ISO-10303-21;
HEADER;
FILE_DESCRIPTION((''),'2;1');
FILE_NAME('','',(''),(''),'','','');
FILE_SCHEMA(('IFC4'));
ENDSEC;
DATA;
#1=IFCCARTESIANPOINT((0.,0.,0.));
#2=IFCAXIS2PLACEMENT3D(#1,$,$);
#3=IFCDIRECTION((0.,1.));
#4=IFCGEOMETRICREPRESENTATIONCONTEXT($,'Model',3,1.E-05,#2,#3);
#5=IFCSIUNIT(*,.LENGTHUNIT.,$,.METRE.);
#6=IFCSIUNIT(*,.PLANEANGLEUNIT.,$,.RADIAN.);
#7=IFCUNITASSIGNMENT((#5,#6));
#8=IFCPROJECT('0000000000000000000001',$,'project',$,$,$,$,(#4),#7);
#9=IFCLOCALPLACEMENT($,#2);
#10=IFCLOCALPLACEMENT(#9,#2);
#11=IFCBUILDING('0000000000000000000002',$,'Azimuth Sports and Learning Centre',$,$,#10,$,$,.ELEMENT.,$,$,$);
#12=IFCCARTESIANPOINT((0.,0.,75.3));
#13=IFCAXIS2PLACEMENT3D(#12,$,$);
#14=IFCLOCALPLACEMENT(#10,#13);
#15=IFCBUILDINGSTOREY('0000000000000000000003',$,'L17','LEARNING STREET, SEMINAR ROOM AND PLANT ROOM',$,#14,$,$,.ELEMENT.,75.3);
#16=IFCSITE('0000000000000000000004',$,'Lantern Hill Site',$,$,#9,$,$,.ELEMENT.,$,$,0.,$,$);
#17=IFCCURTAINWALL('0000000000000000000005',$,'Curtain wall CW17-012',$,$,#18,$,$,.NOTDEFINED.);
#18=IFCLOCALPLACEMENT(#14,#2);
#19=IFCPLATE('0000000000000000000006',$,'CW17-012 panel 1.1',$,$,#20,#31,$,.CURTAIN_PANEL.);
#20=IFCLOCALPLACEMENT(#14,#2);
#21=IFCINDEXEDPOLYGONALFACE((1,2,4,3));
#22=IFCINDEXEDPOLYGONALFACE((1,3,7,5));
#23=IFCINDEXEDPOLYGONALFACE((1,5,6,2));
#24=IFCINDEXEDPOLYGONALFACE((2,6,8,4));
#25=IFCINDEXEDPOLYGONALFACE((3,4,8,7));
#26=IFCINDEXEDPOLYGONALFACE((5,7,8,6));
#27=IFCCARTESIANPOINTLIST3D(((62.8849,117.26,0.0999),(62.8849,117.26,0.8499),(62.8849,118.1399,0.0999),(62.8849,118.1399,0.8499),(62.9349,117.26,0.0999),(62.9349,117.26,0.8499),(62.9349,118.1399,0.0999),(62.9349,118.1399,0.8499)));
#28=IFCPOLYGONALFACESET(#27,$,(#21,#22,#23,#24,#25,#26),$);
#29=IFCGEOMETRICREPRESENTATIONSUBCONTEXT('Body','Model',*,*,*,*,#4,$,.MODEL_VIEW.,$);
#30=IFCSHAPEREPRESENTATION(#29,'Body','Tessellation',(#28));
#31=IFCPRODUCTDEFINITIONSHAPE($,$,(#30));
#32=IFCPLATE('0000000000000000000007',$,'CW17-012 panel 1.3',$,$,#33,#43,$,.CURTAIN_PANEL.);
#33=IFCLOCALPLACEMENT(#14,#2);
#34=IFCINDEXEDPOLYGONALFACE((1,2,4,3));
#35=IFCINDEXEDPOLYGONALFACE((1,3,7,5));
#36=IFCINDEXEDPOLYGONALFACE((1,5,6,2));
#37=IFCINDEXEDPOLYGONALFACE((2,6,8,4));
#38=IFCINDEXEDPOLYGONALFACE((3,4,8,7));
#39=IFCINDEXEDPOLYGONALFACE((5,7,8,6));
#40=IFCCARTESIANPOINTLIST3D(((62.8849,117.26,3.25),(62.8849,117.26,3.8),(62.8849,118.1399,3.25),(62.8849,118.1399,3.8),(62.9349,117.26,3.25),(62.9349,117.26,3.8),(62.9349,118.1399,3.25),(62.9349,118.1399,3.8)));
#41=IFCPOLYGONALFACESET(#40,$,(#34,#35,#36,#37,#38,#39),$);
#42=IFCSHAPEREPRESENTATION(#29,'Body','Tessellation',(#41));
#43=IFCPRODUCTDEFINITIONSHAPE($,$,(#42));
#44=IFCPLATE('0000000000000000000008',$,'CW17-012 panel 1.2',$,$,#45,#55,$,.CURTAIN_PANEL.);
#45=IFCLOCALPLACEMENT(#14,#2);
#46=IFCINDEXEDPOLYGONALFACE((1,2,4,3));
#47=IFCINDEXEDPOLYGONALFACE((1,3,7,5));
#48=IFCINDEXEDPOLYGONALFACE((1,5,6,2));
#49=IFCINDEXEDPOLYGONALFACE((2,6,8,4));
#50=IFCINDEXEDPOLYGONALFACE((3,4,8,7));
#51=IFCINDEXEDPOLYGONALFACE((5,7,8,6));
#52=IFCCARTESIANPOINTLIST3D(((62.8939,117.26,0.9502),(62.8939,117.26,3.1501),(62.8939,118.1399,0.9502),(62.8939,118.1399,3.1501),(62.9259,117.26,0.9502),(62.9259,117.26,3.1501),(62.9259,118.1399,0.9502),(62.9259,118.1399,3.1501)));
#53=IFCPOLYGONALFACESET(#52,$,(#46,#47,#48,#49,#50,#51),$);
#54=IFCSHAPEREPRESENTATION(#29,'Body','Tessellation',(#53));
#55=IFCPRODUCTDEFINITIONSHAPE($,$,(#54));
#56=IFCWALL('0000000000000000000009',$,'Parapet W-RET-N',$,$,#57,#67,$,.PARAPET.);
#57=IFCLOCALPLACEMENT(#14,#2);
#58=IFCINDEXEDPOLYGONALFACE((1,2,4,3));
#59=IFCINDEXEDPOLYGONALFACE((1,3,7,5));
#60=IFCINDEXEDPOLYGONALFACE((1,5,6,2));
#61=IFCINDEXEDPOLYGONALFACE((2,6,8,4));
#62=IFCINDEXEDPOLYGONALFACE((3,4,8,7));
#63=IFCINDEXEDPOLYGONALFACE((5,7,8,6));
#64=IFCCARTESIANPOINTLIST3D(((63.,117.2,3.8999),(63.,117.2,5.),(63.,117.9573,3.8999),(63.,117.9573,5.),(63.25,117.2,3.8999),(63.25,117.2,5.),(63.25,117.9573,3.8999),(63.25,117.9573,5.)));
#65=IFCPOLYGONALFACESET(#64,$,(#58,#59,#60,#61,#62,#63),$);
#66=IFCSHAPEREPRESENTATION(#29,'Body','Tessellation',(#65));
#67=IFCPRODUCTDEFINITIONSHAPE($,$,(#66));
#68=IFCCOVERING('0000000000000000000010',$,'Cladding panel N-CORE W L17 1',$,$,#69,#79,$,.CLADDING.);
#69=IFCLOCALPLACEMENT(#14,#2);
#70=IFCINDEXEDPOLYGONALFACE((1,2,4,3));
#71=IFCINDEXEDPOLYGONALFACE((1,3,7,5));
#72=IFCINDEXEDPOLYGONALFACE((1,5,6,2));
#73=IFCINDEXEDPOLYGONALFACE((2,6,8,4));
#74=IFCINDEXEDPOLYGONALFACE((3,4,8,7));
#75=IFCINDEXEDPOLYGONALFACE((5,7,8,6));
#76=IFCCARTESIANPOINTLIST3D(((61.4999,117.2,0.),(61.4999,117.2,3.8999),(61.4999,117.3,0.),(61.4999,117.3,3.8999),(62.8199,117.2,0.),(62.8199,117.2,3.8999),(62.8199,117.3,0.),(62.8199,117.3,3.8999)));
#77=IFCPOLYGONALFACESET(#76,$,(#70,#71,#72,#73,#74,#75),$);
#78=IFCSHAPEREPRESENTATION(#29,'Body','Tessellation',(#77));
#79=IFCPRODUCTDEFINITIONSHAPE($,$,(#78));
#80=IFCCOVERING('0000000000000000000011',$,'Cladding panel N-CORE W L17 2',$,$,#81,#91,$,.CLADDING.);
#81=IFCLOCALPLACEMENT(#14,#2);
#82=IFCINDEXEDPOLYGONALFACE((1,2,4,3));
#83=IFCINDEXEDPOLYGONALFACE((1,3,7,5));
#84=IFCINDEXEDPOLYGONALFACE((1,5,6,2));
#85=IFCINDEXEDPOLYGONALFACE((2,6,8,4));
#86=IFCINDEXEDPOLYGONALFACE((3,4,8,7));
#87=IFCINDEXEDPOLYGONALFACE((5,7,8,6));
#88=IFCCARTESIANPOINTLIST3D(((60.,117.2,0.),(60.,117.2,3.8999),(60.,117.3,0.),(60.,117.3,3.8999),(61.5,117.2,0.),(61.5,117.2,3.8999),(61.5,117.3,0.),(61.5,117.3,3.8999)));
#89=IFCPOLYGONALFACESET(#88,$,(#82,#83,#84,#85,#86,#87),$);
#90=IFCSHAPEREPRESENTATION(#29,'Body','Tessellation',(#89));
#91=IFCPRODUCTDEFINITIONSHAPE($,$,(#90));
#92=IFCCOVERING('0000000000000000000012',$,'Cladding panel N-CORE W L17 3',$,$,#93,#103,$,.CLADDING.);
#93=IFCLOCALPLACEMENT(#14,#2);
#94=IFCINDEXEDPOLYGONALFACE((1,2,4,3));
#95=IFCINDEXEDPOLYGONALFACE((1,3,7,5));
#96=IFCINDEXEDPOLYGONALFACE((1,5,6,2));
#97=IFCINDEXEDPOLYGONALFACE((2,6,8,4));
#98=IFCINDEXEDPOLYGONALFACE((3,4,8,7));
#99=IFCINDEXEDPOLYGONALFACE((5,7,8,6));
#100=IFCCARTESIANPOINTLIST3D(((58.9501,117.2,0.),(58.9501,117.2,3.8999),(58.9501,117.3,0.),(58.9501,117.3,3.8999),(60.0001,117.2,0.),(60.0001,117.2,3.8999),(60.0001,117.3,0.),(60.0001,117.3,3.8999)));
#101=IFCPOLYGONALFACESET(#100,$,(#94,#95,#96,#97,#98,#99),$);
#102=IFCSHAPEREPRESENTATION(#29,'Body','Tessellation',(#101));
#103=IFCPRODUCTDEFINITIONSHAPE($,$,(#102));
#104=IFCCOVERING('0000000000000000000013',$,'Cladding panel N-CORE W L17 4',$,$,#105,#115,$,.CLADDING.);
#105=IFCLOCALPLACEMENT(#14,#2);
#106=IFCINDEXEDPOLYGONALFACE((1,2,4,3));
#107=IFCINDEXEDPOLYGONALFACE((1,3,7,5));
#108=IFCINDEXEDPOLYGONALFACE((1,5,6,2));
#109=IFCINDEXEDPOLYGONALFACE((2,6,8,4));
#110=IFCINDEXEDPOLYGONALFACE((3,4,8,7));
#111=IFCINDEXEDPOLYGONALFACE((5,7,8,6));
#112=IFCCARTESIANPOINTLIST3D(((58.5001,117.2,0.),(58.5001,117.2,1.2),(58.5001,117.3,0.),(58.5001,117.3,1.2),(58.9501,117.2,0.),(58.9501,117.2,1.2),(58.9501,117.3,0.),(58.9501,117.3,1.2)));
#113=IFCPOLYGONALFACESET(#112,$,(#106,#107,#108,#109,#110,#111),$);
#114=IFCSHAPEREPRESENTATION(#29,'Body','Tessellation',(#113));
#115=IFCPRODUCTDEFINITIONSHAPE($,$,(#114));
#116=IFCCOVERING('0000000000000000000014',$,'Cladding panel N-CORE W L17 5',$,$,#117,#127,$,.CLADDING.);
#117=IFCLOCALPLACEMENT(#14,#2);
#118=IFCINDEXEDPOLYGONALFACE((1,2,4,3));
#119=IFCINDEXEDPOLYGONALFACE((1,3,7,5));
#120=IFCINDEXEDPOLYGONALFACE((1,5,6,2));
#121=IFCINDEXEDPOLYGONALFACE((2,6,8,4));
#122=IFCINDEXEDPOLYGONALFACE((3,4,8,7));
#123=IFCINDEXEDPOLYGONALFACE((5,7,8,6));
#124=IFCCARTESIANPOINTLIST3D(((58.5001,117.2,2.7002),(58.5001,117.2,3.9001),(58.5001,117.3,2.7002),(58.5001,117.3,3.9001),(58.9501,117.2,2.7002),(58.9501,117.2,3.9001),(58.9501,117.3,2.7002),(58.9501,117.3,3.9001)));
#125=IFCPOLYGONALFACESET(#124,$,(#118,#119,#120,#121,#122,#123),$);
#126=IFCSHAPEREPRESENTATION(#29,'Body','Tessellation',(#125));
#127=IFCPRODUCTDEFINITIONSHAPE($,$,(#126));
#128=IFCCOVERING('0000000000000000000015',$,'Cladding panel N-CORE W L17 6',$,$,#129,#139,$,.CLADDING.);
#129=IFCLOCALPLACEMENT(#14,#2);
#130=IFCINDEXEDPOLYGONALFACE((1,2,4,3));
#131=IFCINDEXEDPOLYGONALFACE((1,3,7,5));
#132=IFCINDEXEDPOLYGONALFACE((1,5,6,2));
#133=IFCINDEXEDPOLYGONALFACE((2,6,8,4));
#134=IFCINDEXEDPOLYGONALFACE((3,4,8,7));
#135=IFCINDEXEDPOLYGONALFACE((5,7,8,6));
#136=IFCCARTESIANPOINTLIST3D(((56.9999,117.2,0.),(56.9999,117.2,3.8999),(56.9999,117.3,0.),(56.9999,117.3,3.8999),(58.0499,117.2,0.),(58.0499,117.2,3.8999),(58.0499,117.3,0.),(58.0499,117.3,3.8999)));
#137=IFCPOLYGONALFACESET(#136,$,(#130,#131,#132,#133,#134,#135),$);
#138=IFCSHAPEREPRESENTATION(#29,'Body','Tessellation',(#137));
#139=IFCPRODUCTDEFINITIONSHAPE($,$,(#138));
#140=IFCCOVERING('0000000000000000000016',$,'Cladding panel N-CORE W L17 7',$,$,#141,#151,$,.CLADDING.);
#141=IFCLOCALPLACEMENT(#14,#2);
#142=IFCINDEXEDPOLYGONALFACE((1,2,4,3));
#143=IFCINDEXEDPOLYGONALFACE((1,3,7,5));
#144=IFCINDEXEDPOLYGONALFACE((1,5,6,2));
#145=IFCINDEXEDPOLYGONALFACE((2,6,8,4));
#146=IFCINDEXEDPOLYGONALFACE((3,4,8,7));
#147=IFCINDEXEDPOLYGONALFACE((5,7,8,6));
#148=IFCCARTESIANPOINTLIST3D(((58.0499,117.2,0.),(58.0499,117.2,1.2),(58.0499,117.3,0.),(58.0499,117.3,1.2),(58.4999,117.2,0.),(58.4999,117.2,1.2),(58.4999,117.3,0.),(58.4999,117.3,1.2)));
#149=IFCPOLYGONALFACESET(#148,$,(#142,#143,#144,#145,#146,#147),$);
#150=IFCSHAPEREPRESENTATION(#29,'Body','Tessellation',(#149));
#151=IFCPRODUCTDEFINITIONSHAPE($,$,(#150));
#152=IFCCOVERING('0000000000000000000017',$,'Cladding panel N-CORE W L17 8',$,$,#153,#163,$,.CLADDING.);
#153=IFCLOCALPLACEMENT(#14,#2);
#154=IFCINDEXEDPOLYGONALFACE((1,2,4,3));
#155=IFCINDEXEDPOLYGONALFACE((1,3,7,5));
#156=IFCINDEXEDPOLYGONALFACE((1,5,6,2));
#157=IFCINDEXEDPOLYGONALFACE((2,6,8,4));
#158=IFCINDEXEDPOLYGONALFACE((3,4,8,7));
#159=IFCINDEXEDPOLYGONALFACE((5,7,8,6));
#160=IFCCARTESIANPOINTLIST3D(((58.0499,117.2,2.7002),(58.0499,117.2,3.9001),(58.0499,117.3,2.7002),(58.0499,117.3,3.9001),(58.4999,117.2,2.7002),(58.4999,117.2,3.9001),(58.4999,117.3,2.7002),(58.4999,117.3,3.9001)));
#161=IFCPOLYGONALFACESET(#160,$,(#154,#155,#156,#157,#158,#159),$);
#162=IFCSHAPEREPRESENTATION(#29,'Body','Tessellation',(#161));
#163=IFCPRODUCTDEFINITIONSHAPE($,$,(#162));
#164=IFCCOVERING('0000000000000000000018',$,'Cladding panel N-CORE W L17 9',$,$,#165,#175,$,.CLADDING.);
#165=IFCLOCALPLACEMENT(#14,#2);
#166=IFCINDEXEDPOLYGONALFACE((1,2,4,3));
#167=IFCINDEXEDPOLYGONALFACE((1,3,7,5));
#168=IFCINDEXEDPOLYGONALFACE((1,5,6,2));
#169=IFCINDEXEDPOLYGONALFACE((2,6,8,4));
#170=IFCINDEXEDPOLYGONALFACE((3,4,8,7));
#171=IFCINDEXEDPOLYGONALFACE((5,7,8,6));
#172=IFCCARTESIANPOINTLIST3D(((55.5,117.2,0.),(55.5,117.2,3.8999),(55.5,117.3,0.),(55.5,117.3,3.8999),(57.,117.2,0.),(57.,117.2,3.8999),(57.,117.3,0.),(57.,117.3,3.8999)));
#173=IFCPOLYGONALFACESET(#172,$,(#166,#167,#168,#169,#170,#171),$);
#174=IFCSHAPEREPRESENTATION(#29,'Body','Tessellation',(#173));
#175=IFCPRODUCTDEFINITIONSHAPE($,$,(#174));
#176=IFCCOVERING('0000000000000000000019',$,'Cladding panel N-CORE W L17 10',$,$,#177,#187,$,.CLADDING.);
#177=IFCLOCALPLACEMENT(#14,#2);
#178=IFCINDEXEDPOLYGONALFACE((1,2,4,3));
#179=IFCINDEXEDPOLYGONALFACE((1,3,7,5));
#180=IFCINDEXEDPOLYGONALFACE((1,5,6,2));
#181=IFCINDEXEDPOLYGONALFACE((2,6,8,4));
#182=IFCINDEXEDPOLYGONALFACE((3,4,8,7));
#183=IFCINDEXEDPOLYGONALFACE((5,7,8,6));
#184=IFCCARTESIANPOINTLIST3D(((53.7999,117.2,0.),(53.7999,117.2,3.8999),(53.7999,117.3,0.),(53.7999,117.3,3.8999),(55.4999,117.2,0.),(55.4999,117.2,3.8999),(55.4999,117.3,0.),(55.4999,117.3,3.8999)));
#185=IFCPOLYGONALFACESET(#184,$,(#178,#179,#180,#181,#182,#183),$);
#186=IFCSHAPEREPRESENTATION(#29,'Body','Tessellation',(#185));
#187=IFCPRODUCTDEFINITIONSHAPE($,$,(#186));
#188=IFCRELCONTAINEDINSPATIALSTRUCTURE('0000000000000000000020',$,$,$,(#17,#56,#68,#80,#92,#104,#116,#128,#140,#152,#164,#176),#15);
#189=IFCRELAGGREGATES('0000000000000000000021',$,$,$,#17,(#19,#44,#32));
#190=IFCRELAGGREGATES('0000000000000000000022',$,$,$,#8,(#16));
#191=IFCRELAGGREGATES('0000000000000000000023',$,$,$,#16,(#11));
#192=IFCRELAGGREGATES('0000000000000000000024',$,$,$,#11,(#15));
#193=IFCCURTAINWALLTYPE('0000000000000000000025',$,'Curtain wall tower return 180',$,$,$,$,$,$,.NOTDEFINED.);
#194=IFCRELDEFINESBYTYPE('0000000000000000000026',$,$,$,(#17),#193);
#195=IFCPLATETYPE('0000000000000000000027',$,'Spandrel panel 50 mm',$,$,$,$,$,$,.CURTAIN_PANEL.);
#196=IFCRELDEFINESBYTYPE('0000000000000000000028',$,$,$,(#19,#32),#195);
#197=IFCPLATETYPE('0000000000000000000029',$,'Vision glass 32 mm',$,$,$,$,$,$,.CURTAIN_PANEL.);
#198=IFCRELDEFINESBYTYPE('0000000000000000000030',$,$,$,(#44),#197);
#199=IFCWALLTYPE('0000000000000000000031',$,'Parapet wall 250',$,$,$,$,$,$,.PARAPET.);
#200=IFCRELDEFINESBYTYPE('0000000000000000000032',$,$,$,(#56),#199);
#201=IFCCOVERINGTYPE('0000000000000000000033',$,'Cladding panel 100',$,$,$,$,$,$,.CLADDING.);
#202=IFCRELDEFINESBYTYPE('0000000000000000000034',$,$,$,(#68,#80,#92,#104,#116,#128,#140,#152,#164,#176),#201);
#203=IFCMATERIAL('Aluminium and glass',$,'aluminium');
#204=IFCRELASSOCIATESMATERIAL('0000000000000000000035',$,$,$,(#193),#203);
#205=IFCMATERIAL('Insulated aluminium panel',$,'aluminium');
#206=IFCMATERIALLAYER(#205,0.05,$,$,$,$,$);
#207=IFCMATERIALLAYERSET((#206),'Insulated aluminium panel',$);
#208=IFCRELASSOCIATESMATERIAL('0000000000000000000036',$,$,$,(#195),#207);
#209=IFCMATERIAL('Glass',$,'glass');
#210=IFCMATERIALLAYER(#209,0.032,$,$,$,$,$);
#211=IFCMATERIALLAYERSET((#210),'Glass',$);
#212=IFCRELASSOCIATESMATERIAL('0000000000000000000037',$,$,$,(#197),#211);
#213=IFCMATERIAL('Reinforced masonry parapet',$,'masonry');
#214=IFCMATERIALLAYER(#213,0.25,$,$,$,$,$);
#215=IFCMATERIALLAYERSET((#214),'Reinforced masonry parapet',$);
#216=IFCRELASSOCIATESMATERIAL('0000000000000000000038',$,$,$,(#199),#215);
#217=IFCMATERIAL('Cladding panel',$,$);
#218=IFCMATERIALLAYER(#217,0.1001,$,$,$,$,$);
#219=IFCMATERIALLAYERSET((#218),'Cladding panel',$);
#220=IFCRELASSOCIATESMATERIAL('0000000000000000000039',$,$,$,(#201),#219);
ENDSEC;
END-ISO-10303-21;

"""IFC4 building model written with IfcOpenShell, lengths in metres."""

from ifc_helpers import new_model, si_unit, direction, frame, frame_2d, origin, origin_2d, place, context, subcontext, project, spatial, rectangle, extrude, material, layer, layer_set, type_object, element, aggregate, save


model = new_model("IFC4")

# Units and contexts
model_context = context("Model", 3, precision=1e-05, world=origin(), true_north=direction((0.0, 1.0)))
body_context = subcontext(model_context, "Body", "Model", "MODEL_VIEW")
ifc_project = project(units=[si_unit("LENGTHUNIT", "METRE"), si_unit("PLANEANGLEUNIT", "RADIAN")], contexts=[model_context])

# Site, building, storey
site_placement = place(None, origin())
site = spatial("IfcSite", under=ifc_project, at=site_placement, Name="Lantern Hill Site", CompositionType="ELEMENT", RefElevation=0.0)
building_placement = place(site_placement, origin())
building = spatial("IfcBuilding", under=site, at=building_placement, Name="Azimuth Sports and Learning Centre", CompositionType="ELEMENT")
storey_placement = place(building_placement, frame((0.0, 0.0, 75.3)))
storey = spatial("IfcBuildingStorey", under=building, at=storey_placement, Name="L17", Description="LEARNING STREET, SEMINAR ROOM AND PLANT ROOM", CompositionType="ELEMENT", Elevation=75.3)

# Curtain wall, plates
ifc_material_1 = material(Name="Aluminium and glass", Category="aluminium")
curtain_wall_type_1 = type_object("IfcCurtainWallType", Name="Curtain wall tower return 180", PredefinedType="NOTDEFINED", material=ifc_material_1)
curtain_wall_1_placement = place(storey_placement, origin())
curtain_wall_1 = element("IfcCurtainWall", 1, at=curtain_wall_1_placement, inside=storey, type_object=curtain_wall_type_1, Name="Curtain wall CW17-012", PredefinedType="NOTDEFINED")
ifc_material_2 = material(Name="Insulated aluminium panel", Category="aluminium")
ifc_layer_1 = layer(ifc_material_2, 0.05)
ifc_layer_set_1 = layer_set([ifc_layer_1], Name="Insulated aluminium panel")
plate_type_1 = type_object("IfcPlateType", Name="Spandrel panel 50 mm", PredefinedType="CURTAIN_PANEL", material=ifc_layer_set_1)
plate_1_placement = place(storey_placement, frame((62.9099, 117.7, 0.0999), z_axis=(0.0, 0.0, 1.0), x_axis=(0.0, -1.0, 0.0)))
plate_1 = element("IfcPlate", 2, at=plate_1_placement, type_object=plate_type_1, Name="CW17-012 panel 1.1", PredefinedType="CURTAIN_PANEL", context=body_context, shape_type="SweptSolid", body=[
    extrude(rectangle(XDim=0.8799, YDim=0.05, at=origin_2d()), origin(), (0.0, 0.0, 1.0), 0.75),
])
plate_2_placement = place(storey_placement, frame((62.9099, 117.7, 3.25), z_axis=(0.0, 0.0, 1.0), x_axis=(0.0, -1.0, 0.0)))
plate_2 = element("IfcPlate", 3, at=plate_2_placement, type_object=plate_type_1, Name="CW17-012 panel 1.3", PredefinedType="CURTAIN_PANEL", context=body_context, shape_type="SweptSolid", body=[
    extrude(rectangle(XDim=0.8799, YDim=0.05, at=origin_2d()), origin(), (0.0, 0.0, 1.0), 0.55),
])
ifc_material_3 = material(Name="Glass", Category="glass")
ifc_layer_2 = layer(ifc_material_3, 0.032)
ifc_layer_set_2 = layer_set([ifc_layer_2], Name="Glass")
plate_type_2 = type_object("IfcPlateType", Name="Vision glass 32 mm", PredefinedType="CURTAIN_PANEL", material=ifc_layer_set_2)
plate_3_placement = place(storey_placement, frame((62.9099, 117.7, 0.9502), z_axis=(0.0, 0.0, 1.0), x_axis=(0.0, -1.0, 0.0)))
plate_3 = element("IfcPlate", 4, at=plate_3_placement, type_object=plate_type_2, Name="CW17-012 panel 1.2", PredefinedType="CURTAIN_PANEL", context=body_context, shape_type="SweptSolid", body=[
    extrude(rectangle(XDim=0.8799, YDim=0.032, at=origin_2d()), origin(), (0.0, 0.0, 1.0), 2.2),
])
aggregate(curtain_wall_1, [plate_1, plate_3, plate_2])

# Wall
ifc_material_4 = material(Name="Reinforced masonry parapet", Category="masonry")
ifc_layer_3 = layer(ifc_material_4, 0.25)
ifc_layer_set_3 = layer_set([ifc_layer_3], Name="Reinforced masonry parapet")
wall_type = type_object("IfcWallType", Name="Parapet wall 250", PredefinedType="PARAPET", material=ifc_layer_set_3)
wall_placement = place(storey_placement, frame((63.125, 117.9573, 3.8999), z_axis=(0.0, 0.0, 1.0), x_axis=(0.0, -1.0, 0.0)))
element("IfcWall", 5, at=wall_placement, inside=storey, type_object=wall_type, Name="Parapet W-RET-N", PredefinedType="PARAPET", context=body_context, shape_type="SweptSolid", body=[
    extrude(rectangle(XDim=0.7573, YDim=0.25, at=frame_2d((0.3787, 0.0))), origin(), (0.0, 0.0, 1.0), 1.1001),
])

# Coverings
ifc_material_5 = material(Name="Cladding panel")
ifc_layer_4 = layer(ifc_material_5, 0.1001)
ifc_layer_set_4 = layer_set([ifc_layer_4], Name="Cladding panel")
covering_type = type_object("IfcCoveringType", Name="Cladding panel 100", PredefinedType="CLADDING", material=ifc_layer_set_4)
covering_1_placement = place(storey_placement, frame((62.1599, 117.25, 0.0), z_axis=(0.0, 0.0, 1.0), x_axis=(-1.0, 0.0, 0.0)))
element("IfcCovering", 6, at=covering_1_placement, inside=storey, type_object=covering_type, Name="Cladding panel N-CORE W L17 1", PredefinedType="CLADDING", context=body_context, shape_type="SweptSolid", body=[
    extrude(rectangle(XDim=1.3201, YDim=0.1001, at=origin_2d()), origin(), (0.0, 0.0, 1.0), 3.8999),
])
covering_2_placement = place(storey_placement, frame((60.75, 117.25, 0.0), z_axis=(0.0, 0.0, 1.0), x_axis=(-1.0, 0.0, 0.0)))
element("IfcCovering", 7, at=covering_2_placement, inside=storey, type_object=covering_type, Name="Cladding panel N-CORE W L17 2", PredefinedType="CLADDING", context=body_context, shape_type="SweptSolid", body=[
    extrude(rectangle(XDim=1.5, YDim=0.1001, at=origin_2d()), origin(), (0.0, 0.0, 1.0), 3.8999),
])
covering_3_placement = place(storey_placement, frame((59.4751, 117.25, 0.0), z_axis=(0.0, 0.0, 1.0), x_axis=(-1.0, 0.0, 0.0)))
element("IfcCovering", 8, at=covering_3_placement, inside=storey, type_object=covering_type, Name="Cladding panel N-CORE W L17 3", PredefinedType="CLADDING", context=body_context, shape_type="SweptSolid", body=[
    extrude(rectangle(XDim=1.05, YDim=0.1001, at=origin_2d()), origin(), (0.0, 0.0, 1.0), 3.8999),
])
for number, where, z_axis, x_axis, name in (
    (9, (58.7251, 117.25, 0.0), (0.0, 0.0, 1.0), (-1.0, 0.0, 0.0), "Cladding panel N-CORE W L17 4"),
    (10, (58.7251, 117.25, 2.7002), (0.0, 0.0, 1.0), (-1.0, 0.0, 0.0), "Cladding panel N-CORE W L17 5"),
):
    element("IfcCovering", number, at=place(storey_placement, frame(where, z_axis=z_axis, x_axis=x_axis)), inside=storey, type_object=covering_type, Name=name, PredefinedType="CLADDING", context=body_context, shape_type="SweptSolid", body=[
        extrude(rectangle(XDim=0.45, YDim=0.1001, at=origin_2d()), origin(), (0.0, 0.0, 1.0), 1.2),
    ])
covering_4_placement = place(storey_placement, frame((57.5249, 117.25, 0.0), z_axis=(0.0, 0.0, 1.0), x_axis=(-1.0, 0.0, 0.0)))
element("IfcCovering", 11, at=covering_4_placement, inside=storey, type_object=covering_type, Name="Cladding panel N-CORE W L17 6", PredefinedType="CLADDING", context=body_context, shape_type="SweptSolid", body=[
    extrude(rectangle(XDim=1.05, YDim=0.1001, at=origin_2d()), origin(), (0.0, 0.0, 1.0), 3.8999),
])
for number, where, z_axis, x_axis, name in (
    (12, (58.2749, 117.25, 0.0), (0.0, 0.0, 1.0), (-1.0, 0.0, 0.0), "Cladding panel N-CORE W L17 7"),
    (13, (58.2749, 117.25, 2.7002), (0.0, 0.0, 1.0), (-1.0, 0.0, 0.0), "Cladding panel N-CORE W L17 8"),
):
    element("IfcCovering", number, at=place(storey_placement, frame(where, z_axis=z_axis, x_axis=x_axis)), inside=storey, type_object=covering_type, Name=name, PredefinedType="CLADDING", context=body_context, shape_type="SweptSolid", body=[
        extrude(rectangle(XDim=0.45, YDim=0.1001, at=origin_2d()), origin(), (0.0, 0.0, 1.0), 1.2),
    ])
covering_5_placement = place(storey_placement, frame((56.25, 117.25, 0.0), z_axis=(0.0, 0.0, 1.0), x_axis=(-1.0, 0.0, 0.0)))
element("IfcCovering", 14, at=covering_5_placement, inside=storey, type_object=covering_type, Name="Cladding panel N-CORE W L17 9", PredefinedType="CLADDING", context=body_context, shape_type="SweptSolid", body=[
    extrude(rectangle(XDim=1.5, YDim=0.1001, at=origin_2d()), origin(), (0.0, 0.0, 1.0), 3.8999),
])
covering_6_placement = place(storey_placement, frame((54.6499, 117.25, 0.0), z_axis=(0.0, 0.0, 1.0), x_axis=(-1.0, 0.0, 0.0)))
element("IfcCovering", 15, at=covering_6_placement, inside=storey, type_object=covering_type, Name="Cladding panel N-CORE W L17 10", PredefinedType="CLADDING", context=body_context, shape_type="SweptSolid", body=[
    extrude(rectangle(XDim=1.7, YDim=0.1001, at=origin_2d()), origin(), (0.0, 0.0, 1.0), 3.8999),
])

save(model, "model.ifc")
